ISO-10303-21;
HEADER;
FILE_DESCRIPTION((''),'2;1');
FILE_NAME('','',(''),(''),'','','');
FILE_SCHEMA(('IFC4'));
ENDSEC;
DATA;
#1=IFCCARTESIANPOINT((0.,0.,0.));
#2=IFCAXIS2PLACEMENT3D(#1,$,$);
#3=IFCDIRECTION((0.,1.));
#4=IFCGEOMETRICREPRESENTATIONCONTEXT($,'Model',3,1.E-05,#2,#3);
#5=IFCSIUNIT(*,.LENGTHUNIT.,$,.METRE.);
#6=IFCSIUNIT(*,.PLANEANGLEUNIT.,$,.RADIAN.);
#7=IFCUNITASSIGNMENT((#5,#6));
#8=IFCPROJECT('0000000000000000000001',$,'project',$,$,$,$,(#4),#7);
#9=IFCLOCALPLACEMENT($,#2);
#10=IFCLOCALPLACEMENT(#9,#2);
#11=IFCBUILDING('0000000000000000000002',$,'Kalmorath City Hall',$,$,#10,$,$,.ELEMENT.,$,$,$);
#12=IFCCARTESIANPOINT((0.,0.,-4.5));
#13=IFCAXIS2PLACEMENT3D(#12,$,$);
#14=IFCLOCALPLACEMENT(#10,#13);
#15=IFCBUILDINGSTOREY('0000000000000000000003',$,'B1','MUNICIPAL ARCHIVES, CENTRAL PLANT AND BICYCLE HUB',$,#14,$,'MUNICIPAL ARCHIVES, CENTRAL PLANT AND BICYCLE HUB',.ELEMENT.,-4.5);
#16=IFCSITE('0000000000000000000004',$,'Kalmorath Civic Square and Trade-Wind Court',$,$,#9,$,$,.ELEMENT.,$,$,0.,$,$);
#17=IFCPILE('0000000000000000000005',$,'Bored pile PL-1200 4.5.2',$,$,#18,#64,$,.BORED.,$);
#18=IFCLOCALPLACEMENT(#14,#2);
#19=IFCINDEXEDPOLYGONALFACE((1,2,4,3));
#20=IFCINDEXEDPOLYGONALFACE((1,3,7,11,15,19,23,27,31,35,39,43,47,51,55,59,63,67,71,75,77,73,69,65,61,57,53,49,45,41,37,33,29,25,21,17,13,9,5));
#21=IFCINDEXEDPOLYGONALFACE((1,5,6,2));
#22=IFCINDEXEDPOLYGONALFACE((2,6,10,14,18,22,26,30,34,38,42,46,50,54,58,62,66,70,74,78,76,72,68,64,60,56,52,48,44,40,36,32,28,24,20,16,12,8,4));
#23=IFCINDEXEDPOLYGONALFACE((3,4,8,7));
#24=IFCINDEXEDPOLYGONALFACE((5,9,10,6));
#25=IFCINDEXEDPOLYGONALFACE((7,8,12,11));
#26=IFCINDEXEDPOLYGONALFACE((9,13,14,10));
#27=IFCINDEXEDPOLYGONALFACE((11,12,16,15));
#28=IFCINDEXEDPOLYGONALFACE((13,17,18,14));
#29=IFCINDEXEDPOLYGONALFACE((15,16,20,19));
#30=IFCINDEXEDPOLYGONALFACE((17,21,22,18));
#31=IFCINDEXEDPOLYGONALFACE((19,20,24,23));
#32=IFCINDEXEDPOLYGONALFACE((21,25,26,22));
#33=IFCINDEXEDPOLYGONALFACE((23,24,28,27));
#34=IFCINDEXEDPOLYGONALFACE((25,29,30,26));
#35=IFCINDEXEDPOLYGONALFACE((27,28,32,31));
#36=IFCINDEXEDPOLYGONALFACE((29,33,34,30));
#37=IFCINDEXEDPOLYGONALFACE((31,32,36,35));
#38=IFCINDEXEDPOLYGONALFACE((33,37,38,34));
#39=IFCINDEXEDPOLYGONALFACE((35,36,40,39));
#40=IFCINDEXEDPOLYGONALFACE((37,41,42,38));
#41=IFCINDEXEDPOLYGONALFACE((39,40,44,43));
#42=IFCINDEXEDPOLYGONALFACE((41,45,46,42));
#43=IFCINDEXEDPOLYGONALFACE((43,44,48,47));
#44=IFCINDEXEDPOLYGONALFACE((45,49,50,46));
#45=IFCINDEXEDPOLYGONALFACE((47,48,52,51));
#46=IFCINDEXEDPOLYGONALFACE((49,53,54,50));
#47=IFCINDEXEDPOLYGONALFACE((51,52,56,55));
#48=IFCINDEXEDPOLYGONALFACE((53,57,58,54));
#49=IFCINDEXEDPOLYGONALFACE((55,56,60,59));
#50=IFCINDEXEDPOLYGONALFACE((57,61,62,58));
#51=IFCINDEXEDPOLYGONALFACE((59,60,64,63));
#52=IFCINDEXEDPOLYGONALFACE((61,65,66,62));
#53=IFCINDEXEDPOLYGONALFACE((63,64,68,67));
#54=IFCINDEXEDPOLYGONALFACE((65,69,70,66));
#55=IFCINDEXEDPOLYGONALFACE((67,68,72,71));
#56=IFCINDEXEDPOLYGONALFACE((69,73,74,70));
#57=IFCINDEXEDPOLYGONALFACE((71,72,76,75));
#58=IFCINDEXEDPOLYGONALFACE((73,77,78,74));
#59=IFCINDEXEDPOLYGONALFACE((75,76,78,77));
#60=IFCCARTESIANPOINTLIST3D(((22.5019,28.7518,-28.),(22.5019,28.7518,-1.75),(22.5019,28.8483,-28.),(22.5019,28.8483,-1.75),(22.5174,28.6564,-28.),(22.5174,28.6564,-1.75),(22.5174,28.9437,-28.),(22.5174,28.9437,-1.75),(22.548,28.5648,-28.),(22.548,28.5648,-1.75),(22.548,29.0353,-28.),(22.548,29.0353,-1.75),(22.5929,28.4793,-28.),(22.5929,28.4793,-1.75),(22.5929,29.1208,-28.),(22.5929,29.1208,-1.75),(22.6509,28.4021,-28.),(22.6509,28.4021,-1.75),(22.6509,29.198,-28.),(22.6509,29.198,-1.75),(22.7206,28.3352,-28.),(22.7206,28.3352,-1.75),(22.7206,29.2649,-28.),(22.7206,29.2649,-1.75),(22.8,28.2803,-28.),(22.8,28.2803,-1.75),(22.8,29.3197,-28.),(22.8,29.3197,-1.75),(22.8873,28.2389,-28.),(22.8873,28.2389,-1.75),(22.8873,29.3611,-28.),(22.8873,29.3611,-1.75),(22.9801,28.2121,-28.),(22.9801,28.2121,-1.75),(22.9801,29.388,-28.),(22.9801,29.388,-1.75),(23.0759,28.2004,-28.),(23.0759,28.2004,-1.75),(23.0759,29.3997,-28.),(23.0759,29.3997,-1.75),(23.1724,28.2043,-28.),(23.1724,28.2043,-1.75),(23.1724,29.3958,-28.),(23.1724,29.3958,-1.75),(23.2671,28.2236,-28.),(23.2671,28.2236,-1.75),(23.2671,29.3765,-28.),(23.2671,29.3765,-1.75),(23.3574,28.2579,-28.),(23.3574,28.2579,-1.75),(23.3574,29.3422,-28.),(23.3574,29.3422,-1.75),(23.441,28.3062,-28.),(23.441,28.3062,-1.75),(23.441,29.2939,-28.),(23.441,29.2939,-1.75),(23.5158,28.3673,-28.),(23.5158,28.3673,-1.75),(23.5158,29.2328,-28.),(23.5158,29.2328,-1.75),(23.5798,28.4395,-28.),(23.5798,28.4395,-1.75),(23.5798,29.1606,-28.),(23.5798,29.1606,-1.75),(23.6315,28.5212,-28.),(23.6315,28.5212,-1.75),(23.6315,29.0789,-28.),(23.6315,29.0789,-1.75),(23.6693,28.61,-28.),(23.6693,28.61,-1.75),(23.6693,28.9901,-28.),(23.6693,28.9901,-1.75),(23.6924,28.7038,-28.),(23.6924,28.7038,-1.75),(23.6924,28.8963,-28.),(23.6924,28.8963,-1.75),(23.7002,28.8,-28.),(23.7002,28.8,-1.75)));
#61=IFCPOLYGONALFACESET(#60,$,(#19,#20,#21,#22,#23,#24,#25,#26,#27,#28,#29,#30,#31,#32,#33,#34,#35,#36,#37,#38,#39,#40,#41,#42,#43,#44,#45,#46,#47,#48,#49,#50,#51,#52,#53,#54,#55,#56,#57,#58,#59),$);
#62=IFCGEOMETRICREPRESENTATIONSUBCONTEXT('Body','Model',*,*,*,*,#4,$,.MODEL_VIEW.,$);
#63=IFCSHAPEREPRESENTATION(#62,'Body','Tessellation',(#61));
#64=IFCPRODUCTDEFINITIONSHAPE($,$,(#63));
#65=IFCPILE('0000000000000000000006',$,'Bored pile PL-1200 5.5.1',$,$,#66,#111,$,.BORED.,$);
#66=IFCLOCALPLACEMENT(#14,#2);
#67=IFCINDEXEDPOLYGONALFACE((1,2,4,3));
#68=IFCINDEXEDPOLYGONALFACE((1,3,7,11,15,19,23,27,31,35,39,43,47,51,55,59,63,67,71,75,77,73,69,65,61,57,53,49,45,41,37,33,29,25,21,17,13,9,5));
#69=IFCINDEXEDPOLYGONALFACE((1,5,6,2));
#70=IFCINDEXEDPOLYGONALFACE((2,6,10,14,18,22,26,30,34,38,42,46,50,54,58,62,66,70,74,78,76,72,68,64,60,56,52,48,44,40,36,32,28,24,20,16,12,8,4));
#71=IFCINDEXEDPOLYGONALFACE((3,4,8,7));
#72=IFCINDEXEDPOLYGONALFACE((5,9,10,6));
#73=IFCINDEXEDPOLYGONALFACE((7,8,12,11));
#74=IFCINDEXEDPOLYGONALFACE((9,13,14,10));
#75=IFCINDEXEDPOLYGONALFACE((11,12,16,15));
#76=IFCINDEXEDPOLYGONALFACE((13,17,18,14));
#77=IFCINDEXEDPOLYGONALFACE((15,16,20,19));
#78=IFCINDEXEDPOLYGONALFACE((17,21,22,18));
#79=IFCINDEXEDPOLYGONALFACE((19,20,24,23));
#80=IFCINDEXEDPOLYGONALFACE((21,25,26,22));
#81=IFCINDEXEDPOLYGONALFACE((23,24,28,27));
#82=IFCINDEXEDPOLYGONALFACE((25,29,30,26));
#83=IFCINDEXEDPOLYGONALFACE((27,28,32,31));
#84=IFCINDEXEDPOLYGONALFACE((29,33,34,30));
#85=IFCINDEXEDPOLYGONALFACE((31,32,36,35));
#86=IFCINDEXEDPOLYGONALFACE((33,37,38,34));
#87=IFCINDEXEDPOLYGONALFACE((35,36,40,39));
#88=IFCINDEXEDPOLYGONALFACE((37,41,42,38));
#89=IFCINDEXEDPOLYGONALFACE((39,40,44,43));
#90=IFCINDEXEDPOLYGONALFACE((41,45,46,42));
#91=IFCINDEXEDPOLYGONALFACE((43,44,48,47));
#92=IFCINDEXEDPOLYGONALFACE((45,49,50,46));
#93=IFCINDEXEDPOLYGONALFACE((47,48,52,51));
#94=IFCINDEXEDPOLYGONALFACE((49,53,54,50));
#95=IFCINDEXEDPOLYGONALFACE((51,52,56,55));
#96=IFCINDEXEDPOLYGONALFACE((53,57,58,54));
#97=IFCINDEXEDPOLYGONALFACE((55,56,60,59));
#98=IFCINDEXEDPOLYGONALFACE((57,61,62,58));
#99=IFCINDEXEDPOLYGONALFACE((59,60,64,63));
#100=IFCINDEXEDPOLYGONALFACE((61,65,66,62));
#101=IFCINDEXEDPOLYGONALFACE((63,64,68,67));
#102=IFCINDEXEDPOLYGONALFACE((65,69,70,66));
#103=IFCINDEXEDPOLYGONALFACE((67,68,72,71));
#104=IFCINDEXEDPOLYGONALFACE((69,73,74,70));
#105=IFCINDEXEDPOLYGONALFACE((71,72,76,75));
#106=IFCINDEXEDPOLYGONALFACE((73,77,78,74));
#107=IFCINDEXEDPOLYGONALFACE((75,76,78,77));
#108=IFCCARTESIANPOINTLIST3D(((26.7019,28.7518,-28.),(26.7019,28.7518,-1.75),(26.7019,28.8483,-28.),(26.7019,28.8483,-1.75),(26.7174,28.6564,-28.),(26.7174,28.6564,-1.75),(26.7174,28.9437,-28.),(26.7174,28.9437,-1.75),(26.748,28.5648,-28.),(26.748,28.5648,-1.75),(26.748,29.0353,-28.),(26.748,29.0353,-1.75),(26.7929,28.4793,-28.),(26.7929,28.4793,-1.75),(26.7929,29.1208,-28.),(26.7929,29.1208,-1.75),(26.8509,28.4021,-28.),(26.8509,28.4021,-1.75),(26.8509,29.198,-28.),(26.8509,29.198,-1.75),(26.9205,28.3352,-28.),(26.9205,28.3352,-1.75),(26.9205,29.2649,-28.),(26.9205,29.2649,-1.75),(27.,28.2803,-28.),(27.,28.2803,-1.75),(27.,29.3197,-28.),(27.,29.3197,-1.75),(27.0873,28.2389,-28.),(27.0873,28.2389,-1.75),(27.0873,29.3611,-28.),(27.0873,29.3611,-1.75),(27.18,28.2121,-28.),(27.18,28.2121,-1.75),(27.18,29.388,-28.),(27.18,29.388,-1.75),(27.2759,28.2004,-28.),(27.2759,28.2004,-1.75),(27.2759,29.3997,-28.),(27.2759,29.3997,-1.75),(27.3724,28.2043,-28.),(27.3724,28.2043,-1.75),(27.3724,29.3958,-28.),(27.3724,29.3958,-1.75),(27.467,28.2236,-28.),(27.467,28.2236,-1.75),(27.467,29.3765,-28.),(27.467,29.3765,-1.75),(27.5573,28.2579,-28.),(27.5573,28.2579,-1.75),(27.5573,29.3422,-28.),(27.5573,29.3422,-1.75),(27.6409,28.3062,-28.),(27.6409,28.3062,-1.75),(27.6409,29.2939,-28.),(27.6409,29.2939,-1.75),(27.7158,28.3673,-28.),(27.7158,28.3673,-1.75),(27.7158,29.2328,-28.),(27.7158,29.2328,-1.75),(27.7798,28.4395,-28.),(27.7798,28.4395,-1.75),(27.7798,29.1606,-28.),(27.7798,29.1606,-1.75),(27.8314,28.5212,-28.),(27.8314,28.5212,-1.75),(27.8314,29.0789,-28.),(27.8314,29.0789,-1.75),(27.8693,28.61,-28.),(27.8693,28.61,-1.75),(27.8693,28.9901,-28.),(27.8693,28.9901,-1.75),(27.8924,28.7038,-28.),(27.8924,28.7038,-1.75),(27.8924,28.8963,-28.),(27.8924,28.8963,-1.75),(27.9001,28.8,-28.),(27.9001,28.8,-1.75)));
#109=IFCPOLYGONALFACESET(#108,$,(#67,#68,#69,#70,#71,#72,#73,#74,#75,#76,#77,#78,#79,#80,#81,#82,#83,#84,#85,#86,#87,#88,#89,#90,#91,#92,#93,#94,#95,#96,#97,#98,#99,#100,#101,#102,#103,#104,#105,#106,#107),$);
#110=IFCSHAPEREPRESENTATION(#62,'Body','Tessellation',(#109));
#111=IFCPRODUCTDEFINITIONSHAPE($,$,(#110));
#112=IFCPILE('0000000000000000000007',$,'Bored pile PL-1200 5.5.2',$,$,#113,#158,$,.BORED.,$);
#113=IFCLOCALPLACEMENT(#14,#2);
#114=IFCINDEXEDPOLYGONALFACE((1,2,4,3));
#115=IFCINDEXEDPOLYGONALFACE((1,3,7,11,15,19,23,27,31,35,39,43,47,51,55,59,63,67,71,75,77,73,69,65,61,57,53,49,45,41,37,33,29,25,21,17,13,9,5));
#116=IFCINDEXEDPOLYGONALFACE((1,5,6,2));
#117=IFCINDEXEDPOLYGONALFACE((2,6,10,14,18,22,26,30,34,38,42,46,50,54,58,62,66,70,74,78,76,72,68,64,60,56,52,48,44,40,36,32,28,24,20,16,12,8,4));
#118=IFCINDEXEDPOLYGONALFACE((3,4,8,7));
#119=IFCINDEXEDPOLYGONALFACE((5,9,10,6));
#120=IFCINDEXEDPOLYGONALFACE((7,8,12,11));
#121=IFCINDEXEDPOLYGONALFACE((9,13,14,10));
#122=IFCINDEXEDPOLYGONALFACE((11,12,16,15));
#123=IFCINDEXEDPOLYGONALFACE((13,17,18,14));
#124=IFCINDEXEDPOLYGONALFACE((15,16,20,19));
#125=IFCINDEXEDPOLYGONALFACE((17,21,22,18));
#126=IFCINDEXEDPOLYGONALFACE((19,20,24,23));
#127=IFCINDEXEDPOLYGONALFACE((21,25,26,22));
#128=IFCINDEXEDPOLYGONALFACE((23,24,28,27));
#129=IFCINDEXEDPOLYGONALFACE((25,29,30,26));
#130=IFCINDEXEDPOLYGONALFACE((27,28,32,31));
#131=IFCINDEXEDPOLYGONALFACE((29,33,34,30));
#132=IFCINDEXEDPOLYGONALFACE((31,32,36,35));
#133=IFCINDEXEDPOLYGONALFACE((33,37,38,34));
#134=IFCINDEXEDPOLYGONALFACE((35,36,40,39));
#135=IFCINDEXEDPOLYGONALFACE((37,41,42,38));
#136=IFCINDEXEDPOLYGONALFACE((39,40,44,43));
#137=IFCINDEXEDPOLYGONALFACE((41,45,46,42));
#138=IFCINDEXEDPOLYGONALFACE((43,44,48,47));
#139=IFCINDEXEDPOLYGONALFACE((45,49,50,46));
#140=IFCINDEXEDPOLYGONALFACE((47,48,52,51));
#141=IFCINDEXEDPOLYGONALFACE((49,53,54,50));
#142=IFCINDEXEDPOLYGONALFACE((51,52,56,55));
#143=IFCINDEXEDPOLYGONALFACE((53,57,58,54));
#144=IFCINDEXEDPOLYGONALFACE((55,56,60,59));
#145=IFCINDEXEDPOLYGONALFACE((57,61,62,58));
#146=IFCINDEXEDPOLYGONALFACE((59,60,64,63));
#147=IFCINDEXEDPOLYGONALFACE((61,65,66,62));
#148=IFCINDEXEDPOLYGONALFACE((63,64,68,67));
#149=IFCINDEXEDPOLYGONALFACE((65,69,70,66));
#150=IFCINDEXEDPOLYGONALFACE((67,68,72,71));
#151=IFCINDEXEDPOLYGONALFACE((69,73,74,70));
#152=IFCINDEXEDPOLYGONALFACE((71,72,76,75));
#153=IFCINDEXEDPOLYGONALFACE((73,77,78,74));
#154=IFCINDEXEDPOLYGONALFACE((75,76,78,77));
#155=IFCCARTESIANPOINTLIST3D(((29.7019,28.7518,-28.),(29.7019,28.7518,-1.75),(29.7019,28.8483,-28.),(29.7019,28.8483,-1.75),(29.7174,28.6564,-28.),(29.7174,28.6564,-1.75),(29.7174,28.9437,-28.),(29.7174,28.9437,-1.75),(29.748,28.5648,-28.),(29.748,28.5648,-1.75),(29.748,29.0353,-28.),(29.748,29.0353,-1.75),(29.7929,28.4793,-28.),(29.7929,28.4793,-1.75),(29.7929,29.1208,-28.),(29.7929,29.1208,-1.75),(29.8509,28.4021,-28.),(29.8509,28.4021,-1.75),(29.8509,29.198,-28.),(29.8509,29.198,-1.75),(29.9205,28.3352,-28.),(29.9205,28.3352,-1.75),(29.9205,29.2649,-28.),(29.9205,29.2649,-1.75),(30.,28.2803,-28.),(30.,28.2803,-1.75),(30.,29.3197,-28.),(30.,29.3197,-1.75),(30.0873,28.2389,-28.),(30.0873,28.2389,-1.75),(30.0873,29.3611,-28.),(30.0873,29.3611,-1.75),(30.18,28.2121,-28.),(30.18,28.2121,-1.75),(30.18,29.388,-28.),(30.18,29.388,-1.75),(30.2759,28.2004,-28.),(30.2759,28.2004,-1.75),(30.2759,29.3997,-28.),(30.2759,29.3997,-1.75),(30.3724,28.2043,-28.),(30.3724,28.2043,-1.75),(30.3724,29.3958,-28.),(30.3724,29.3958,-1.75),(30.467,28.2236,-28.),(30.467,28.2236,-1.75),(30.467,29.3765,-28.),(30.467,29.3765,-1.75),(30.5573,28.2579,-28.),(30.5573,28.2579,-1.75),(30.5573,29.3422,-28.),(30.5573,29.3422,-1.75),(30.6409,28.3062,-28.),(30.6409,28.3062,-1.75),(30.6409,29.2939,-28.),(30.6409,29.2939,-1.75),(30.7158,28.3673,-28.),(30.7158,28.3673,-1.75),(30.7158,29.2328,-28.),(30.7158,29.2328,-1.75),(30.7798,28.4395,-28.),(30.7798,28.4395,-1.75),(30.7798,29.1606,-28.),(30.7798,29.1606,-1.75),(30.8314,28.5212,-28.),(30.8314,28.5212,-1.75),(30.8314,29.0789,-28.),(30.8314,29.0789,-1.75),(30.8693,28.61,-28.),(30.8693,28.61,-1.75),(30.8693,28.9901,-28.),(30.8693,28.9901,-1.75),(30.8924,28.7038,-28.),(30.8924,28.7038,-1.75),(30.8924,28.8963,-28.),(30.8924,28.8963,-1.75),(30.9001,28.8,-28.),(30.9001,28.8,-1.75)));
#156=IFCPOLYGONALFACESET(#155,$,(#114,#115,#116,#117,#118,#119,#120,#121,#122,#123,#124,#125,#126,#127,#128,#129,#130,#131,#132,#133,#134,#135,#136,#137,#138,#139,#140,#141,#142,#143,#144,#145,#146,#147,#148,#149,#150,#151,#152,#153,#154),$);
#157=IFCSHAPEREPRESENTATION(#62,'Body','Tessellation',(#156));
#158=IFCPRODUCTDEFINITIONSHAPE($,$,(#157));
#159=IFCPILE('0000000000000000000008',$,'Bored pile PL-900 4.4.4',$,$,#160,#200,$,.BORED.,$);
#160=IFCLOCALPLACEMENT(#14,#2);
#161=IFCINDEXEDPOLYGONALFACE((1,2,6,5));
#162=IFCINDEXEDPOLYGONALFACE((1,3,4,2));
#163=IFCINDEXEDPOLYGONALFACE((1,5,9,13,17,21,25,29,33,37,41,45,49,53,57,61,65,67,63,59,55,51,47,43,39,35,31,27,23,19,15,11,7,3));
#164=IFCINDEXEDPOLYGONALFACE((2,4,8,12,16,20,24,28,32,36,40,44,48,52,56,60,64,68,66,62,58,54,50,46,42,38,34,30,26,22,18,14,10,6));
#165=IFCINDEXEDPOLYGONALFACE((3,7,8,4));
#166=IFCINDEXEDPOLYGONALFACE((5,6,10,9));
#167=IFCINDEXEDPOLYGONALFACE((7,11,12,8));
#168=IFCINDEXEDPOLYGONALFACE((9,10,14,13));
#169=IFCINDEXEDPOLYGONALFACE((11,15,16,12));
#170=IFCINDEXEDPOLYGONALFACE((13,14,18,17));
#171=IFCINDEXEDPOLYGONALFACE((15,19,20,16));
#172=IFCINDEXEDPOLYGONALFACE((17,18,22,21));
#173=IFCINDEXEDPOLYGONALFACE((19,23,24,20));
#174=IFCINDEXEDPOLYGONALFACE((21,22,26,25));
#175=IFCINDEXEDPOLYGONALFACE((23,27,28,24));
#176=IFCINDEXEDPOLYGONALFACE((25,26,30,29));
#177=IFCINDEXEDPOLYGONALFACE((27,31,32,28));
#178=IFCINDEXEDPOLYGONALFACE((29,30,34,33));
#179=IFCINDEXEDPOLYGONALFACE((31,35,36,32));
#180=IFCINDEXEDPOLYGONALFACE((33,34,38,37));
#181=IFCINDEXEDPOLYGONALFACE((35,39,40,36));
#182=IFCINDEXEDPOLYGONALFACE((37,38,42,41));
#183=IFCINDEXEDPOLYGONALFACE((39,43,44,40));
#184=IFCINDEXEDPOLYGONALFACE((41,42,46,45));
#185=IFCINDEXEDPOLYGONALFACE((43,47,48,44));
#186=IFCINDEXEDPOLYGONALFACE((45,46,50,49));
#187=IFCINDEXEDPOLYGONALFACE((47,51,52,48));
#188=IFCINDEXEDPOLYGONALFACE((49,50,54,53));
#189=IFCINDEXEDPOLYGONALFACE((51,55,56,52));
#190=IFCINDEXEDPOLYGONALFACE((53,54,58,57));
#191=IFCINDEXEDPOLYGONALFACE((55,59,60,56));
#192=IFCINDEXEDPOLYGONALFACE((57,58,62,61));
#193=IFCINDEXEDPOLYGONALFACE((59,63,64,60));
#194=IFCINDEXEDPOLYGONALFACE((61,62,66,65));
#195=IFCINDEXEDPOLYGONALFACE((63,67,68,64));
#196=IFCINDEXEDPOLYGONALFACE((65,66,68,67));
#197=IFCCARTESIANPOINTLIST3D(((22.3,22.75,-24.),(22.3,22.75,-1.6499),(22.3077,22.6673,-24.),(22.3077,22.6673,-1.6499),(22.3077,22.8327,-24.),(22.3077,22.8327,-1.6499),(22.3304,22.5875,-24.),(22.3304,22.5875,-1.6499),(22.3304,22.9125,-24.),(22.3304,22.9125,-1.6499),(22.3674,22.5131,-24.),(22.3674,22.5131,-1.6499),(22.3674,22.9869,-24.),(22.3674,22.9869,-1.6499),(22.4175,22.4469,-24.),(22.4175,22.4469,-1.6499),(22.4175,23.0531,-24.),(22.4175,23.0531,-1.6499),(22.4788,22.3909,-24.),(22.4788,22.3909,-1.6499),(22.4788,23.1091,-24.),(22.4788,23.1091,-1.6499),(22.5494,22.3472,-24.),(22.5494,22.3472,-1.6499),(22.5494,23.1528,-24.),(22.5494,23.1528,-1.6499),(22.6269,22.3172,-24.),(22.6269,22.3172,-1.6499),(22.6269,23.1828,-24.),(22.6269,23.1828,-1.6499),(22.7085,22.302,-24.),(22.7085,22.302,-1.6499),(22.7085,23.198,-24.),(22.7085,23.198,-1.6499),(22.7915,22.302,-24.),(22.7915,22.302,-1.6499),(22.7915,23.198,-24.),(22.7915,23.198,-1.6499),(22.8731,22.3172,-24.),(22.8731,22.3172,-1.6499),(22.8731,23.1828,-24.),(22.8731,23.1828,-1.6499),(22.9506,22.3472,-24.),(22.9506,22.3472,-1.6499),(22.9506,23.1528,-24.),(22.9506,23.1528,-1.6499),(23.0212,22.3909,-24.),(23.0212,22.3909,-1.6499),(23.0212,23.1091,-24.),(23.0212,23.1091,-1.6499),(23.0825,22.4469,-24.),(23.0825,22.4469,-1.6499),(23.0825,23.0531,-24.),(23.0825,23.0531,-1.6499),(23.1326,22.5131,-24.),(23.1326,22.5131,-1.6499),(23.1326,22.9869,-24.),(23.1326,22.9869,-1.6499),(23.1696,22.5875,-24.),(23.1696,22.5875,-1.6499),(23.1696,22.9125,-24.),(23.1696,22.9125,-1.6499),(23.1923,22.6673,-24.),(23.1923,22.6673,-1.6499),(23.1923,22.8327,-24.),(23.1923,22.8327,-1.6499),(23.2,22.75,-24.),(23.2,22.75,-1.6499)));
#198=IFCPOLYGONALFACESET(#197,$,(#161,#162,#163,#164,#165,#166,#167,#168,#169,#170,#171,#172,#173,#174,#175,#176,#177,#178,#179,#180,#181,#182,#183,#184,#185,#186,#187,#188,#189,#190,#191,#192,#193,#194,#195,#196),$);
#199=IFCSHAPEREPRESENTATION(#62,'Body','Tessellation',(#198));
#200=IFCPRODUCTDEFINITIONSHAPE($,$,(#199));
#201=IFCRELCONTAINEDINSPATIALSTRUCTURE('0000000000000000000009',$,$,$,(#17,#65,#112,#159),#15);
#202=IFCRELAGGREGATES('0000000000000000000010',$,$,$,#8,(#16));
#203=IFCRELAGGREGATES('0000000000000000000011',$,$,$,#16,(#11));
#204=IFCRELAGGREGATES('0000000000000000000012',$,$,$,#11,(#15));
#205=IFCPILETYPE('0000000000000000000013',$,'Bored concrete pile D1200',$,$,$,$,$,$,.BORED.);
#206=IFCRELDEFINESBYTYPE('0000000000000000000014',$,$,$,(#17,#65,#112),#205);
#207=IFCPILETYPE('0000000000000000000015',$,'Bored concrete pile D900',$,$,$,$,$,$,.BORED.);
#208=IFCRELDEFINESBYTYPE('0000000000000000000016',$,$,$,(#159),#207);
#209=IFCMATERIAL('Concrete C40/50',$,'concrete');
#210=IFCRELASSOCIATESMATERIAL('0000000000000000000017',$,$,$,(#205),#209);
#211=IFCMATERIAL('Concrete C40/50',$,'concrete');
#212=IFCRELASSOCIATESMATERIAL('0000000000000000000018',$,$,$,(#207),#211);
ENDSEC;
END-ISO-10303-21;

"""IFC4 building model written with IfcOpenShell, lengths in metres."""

from ifc_helpers import new_model, si_unit, direction, frame, origin, origin_2d, place, context, subcontext, project, spatial, circle, extrude, material, material_profile, profile_set, type_object, element, save


model = new_model("IFC4")

# Units and contexts
model_context = context("Model", 3, precision=1e-05, world=origin(), true_north=direction((0.0, 1.0)))
body_context = subcontext(model_context, "Body", "Model", "MODEL_VIEW")
ifc_project = project(units=[si_unit("LENGTHUNIT", "METRE"), si_unit("PLANEANGLEUNIT", "RADIAN")], contexts=[model_context])

# Site, building, storey
site_placement = place(None, origin())
site = spatial("IfcSite", under=ifc_project, at=site_placement, Name="Kalmorath Civic Square and Trade-Wind Court", CompositionType="ELEMENT", RefElevation=0.0)
building_placement = place(site_placement, origin())
building = spatial("IfcBuilding", under=site, at=building_placement, Name="Kalmorath City Hall", CompositionType="ELEMENT")
storey_placement = place(building_placement, frame((0.0, 0.0, -4.5)))
storey = spatial("IfcBuildingStorey", under=building, at=storey_placement, Name="B1", Description="MUNICIPAL ARCHIVES, CENTRAL PLANT AND BICYCLE HUB", LongName="MUNICIPAL ARCHIVES, CENTRAL PLANT AND BICYCLE HUB", CompositionType="ELEMENT", Elevation=-4.5)

# Piles
ifc_material_1 = material(Name="Concrete C40/50", Category="concrete")
ifc_material_profile_1 = material_profile(ifc_material_1, circle(Radius=0.6001, at=origin_2d()), Name="PILE-D1200")
ifc_profile_set_1 = profile_set([ifc_material_profile_1], Name="Concrete C40/50")
pile_type_1 = type_object("IfcPileType", Name="Bored concrete pile D1200", PredefinedType="BORED", material=ifc_profile_set_1)
for number, where, z_axis, x_axis, name in (
    (1, (23.1001, 28.8, -1.75), (0.0, 0.0, -1.0), (1.0, 0.0, 0.0), "Bored pile PL-1200 4.5.2"),
    (2, (27.3, 28.8, -1.75), (0.0, 0.0, -1.0), (1.0, 0.0, 0.0), "Bored pile PL-1200 5.5.1"),
    (3, (30.3, 28.8, -1.75), (0.0, 0.0, -1.0), (1.0, 0.0, 0.0), "Bored pile PL-1200 5.5.2"),
):
    element("IfcPile", number, at=place(storey_placement, frame(where, z_axis=z_axis, x_axis=x_axis)), inside=storey, type_object=pile_type_1, Name=name, PredefinedType="BORED", context=body_context, shape_type="SweptSolid", body=[
        extrude(circle(Radius=0.6001, at=origin_2d()), origin(), (0.0, 0.0, 1.0), 26.25),
    ])
ifc_material_2 = material(Name="Concrete C40/50", Category="concrete")
ifc_material_profile_2 = material_profile(ifc_material_2, circle(Radius=0.45, at=origin_2d()), Name="PILE-D900")
ifc_profile_set_2 = profile_set([ifc_material_profile_2], Name="Concrete C40/50")
pile_type_2 = type_object("IfcPileType", Name="Bored concrete pile D900", PredefinedType="BORED", material=ifc_profile_set_2)
for number, where, z_axis, x_axis, name in (
    (4, (22.75, 22.75, -1.6499), (0.0, 0.0, -1.0), (1.0, 0.0, 0.0), "Bored pile PL-900 4.4.4"),
):
    element("IfcPile", number, at=place(storey_placement, frame(where, z_axis=z_axis, x_axis=x_axis)), inside=storey, type_object=pile_type_2, Name=name, PredefinedType="BORED", context=body_context, shape_type="SweptSolid", body=[
        extrude(circle(Radius=0.45, at=origin_2d()), origin(), (0.0, 0.0, 1.0), 22.3501),
    ])

save(model, "model.ifc")
